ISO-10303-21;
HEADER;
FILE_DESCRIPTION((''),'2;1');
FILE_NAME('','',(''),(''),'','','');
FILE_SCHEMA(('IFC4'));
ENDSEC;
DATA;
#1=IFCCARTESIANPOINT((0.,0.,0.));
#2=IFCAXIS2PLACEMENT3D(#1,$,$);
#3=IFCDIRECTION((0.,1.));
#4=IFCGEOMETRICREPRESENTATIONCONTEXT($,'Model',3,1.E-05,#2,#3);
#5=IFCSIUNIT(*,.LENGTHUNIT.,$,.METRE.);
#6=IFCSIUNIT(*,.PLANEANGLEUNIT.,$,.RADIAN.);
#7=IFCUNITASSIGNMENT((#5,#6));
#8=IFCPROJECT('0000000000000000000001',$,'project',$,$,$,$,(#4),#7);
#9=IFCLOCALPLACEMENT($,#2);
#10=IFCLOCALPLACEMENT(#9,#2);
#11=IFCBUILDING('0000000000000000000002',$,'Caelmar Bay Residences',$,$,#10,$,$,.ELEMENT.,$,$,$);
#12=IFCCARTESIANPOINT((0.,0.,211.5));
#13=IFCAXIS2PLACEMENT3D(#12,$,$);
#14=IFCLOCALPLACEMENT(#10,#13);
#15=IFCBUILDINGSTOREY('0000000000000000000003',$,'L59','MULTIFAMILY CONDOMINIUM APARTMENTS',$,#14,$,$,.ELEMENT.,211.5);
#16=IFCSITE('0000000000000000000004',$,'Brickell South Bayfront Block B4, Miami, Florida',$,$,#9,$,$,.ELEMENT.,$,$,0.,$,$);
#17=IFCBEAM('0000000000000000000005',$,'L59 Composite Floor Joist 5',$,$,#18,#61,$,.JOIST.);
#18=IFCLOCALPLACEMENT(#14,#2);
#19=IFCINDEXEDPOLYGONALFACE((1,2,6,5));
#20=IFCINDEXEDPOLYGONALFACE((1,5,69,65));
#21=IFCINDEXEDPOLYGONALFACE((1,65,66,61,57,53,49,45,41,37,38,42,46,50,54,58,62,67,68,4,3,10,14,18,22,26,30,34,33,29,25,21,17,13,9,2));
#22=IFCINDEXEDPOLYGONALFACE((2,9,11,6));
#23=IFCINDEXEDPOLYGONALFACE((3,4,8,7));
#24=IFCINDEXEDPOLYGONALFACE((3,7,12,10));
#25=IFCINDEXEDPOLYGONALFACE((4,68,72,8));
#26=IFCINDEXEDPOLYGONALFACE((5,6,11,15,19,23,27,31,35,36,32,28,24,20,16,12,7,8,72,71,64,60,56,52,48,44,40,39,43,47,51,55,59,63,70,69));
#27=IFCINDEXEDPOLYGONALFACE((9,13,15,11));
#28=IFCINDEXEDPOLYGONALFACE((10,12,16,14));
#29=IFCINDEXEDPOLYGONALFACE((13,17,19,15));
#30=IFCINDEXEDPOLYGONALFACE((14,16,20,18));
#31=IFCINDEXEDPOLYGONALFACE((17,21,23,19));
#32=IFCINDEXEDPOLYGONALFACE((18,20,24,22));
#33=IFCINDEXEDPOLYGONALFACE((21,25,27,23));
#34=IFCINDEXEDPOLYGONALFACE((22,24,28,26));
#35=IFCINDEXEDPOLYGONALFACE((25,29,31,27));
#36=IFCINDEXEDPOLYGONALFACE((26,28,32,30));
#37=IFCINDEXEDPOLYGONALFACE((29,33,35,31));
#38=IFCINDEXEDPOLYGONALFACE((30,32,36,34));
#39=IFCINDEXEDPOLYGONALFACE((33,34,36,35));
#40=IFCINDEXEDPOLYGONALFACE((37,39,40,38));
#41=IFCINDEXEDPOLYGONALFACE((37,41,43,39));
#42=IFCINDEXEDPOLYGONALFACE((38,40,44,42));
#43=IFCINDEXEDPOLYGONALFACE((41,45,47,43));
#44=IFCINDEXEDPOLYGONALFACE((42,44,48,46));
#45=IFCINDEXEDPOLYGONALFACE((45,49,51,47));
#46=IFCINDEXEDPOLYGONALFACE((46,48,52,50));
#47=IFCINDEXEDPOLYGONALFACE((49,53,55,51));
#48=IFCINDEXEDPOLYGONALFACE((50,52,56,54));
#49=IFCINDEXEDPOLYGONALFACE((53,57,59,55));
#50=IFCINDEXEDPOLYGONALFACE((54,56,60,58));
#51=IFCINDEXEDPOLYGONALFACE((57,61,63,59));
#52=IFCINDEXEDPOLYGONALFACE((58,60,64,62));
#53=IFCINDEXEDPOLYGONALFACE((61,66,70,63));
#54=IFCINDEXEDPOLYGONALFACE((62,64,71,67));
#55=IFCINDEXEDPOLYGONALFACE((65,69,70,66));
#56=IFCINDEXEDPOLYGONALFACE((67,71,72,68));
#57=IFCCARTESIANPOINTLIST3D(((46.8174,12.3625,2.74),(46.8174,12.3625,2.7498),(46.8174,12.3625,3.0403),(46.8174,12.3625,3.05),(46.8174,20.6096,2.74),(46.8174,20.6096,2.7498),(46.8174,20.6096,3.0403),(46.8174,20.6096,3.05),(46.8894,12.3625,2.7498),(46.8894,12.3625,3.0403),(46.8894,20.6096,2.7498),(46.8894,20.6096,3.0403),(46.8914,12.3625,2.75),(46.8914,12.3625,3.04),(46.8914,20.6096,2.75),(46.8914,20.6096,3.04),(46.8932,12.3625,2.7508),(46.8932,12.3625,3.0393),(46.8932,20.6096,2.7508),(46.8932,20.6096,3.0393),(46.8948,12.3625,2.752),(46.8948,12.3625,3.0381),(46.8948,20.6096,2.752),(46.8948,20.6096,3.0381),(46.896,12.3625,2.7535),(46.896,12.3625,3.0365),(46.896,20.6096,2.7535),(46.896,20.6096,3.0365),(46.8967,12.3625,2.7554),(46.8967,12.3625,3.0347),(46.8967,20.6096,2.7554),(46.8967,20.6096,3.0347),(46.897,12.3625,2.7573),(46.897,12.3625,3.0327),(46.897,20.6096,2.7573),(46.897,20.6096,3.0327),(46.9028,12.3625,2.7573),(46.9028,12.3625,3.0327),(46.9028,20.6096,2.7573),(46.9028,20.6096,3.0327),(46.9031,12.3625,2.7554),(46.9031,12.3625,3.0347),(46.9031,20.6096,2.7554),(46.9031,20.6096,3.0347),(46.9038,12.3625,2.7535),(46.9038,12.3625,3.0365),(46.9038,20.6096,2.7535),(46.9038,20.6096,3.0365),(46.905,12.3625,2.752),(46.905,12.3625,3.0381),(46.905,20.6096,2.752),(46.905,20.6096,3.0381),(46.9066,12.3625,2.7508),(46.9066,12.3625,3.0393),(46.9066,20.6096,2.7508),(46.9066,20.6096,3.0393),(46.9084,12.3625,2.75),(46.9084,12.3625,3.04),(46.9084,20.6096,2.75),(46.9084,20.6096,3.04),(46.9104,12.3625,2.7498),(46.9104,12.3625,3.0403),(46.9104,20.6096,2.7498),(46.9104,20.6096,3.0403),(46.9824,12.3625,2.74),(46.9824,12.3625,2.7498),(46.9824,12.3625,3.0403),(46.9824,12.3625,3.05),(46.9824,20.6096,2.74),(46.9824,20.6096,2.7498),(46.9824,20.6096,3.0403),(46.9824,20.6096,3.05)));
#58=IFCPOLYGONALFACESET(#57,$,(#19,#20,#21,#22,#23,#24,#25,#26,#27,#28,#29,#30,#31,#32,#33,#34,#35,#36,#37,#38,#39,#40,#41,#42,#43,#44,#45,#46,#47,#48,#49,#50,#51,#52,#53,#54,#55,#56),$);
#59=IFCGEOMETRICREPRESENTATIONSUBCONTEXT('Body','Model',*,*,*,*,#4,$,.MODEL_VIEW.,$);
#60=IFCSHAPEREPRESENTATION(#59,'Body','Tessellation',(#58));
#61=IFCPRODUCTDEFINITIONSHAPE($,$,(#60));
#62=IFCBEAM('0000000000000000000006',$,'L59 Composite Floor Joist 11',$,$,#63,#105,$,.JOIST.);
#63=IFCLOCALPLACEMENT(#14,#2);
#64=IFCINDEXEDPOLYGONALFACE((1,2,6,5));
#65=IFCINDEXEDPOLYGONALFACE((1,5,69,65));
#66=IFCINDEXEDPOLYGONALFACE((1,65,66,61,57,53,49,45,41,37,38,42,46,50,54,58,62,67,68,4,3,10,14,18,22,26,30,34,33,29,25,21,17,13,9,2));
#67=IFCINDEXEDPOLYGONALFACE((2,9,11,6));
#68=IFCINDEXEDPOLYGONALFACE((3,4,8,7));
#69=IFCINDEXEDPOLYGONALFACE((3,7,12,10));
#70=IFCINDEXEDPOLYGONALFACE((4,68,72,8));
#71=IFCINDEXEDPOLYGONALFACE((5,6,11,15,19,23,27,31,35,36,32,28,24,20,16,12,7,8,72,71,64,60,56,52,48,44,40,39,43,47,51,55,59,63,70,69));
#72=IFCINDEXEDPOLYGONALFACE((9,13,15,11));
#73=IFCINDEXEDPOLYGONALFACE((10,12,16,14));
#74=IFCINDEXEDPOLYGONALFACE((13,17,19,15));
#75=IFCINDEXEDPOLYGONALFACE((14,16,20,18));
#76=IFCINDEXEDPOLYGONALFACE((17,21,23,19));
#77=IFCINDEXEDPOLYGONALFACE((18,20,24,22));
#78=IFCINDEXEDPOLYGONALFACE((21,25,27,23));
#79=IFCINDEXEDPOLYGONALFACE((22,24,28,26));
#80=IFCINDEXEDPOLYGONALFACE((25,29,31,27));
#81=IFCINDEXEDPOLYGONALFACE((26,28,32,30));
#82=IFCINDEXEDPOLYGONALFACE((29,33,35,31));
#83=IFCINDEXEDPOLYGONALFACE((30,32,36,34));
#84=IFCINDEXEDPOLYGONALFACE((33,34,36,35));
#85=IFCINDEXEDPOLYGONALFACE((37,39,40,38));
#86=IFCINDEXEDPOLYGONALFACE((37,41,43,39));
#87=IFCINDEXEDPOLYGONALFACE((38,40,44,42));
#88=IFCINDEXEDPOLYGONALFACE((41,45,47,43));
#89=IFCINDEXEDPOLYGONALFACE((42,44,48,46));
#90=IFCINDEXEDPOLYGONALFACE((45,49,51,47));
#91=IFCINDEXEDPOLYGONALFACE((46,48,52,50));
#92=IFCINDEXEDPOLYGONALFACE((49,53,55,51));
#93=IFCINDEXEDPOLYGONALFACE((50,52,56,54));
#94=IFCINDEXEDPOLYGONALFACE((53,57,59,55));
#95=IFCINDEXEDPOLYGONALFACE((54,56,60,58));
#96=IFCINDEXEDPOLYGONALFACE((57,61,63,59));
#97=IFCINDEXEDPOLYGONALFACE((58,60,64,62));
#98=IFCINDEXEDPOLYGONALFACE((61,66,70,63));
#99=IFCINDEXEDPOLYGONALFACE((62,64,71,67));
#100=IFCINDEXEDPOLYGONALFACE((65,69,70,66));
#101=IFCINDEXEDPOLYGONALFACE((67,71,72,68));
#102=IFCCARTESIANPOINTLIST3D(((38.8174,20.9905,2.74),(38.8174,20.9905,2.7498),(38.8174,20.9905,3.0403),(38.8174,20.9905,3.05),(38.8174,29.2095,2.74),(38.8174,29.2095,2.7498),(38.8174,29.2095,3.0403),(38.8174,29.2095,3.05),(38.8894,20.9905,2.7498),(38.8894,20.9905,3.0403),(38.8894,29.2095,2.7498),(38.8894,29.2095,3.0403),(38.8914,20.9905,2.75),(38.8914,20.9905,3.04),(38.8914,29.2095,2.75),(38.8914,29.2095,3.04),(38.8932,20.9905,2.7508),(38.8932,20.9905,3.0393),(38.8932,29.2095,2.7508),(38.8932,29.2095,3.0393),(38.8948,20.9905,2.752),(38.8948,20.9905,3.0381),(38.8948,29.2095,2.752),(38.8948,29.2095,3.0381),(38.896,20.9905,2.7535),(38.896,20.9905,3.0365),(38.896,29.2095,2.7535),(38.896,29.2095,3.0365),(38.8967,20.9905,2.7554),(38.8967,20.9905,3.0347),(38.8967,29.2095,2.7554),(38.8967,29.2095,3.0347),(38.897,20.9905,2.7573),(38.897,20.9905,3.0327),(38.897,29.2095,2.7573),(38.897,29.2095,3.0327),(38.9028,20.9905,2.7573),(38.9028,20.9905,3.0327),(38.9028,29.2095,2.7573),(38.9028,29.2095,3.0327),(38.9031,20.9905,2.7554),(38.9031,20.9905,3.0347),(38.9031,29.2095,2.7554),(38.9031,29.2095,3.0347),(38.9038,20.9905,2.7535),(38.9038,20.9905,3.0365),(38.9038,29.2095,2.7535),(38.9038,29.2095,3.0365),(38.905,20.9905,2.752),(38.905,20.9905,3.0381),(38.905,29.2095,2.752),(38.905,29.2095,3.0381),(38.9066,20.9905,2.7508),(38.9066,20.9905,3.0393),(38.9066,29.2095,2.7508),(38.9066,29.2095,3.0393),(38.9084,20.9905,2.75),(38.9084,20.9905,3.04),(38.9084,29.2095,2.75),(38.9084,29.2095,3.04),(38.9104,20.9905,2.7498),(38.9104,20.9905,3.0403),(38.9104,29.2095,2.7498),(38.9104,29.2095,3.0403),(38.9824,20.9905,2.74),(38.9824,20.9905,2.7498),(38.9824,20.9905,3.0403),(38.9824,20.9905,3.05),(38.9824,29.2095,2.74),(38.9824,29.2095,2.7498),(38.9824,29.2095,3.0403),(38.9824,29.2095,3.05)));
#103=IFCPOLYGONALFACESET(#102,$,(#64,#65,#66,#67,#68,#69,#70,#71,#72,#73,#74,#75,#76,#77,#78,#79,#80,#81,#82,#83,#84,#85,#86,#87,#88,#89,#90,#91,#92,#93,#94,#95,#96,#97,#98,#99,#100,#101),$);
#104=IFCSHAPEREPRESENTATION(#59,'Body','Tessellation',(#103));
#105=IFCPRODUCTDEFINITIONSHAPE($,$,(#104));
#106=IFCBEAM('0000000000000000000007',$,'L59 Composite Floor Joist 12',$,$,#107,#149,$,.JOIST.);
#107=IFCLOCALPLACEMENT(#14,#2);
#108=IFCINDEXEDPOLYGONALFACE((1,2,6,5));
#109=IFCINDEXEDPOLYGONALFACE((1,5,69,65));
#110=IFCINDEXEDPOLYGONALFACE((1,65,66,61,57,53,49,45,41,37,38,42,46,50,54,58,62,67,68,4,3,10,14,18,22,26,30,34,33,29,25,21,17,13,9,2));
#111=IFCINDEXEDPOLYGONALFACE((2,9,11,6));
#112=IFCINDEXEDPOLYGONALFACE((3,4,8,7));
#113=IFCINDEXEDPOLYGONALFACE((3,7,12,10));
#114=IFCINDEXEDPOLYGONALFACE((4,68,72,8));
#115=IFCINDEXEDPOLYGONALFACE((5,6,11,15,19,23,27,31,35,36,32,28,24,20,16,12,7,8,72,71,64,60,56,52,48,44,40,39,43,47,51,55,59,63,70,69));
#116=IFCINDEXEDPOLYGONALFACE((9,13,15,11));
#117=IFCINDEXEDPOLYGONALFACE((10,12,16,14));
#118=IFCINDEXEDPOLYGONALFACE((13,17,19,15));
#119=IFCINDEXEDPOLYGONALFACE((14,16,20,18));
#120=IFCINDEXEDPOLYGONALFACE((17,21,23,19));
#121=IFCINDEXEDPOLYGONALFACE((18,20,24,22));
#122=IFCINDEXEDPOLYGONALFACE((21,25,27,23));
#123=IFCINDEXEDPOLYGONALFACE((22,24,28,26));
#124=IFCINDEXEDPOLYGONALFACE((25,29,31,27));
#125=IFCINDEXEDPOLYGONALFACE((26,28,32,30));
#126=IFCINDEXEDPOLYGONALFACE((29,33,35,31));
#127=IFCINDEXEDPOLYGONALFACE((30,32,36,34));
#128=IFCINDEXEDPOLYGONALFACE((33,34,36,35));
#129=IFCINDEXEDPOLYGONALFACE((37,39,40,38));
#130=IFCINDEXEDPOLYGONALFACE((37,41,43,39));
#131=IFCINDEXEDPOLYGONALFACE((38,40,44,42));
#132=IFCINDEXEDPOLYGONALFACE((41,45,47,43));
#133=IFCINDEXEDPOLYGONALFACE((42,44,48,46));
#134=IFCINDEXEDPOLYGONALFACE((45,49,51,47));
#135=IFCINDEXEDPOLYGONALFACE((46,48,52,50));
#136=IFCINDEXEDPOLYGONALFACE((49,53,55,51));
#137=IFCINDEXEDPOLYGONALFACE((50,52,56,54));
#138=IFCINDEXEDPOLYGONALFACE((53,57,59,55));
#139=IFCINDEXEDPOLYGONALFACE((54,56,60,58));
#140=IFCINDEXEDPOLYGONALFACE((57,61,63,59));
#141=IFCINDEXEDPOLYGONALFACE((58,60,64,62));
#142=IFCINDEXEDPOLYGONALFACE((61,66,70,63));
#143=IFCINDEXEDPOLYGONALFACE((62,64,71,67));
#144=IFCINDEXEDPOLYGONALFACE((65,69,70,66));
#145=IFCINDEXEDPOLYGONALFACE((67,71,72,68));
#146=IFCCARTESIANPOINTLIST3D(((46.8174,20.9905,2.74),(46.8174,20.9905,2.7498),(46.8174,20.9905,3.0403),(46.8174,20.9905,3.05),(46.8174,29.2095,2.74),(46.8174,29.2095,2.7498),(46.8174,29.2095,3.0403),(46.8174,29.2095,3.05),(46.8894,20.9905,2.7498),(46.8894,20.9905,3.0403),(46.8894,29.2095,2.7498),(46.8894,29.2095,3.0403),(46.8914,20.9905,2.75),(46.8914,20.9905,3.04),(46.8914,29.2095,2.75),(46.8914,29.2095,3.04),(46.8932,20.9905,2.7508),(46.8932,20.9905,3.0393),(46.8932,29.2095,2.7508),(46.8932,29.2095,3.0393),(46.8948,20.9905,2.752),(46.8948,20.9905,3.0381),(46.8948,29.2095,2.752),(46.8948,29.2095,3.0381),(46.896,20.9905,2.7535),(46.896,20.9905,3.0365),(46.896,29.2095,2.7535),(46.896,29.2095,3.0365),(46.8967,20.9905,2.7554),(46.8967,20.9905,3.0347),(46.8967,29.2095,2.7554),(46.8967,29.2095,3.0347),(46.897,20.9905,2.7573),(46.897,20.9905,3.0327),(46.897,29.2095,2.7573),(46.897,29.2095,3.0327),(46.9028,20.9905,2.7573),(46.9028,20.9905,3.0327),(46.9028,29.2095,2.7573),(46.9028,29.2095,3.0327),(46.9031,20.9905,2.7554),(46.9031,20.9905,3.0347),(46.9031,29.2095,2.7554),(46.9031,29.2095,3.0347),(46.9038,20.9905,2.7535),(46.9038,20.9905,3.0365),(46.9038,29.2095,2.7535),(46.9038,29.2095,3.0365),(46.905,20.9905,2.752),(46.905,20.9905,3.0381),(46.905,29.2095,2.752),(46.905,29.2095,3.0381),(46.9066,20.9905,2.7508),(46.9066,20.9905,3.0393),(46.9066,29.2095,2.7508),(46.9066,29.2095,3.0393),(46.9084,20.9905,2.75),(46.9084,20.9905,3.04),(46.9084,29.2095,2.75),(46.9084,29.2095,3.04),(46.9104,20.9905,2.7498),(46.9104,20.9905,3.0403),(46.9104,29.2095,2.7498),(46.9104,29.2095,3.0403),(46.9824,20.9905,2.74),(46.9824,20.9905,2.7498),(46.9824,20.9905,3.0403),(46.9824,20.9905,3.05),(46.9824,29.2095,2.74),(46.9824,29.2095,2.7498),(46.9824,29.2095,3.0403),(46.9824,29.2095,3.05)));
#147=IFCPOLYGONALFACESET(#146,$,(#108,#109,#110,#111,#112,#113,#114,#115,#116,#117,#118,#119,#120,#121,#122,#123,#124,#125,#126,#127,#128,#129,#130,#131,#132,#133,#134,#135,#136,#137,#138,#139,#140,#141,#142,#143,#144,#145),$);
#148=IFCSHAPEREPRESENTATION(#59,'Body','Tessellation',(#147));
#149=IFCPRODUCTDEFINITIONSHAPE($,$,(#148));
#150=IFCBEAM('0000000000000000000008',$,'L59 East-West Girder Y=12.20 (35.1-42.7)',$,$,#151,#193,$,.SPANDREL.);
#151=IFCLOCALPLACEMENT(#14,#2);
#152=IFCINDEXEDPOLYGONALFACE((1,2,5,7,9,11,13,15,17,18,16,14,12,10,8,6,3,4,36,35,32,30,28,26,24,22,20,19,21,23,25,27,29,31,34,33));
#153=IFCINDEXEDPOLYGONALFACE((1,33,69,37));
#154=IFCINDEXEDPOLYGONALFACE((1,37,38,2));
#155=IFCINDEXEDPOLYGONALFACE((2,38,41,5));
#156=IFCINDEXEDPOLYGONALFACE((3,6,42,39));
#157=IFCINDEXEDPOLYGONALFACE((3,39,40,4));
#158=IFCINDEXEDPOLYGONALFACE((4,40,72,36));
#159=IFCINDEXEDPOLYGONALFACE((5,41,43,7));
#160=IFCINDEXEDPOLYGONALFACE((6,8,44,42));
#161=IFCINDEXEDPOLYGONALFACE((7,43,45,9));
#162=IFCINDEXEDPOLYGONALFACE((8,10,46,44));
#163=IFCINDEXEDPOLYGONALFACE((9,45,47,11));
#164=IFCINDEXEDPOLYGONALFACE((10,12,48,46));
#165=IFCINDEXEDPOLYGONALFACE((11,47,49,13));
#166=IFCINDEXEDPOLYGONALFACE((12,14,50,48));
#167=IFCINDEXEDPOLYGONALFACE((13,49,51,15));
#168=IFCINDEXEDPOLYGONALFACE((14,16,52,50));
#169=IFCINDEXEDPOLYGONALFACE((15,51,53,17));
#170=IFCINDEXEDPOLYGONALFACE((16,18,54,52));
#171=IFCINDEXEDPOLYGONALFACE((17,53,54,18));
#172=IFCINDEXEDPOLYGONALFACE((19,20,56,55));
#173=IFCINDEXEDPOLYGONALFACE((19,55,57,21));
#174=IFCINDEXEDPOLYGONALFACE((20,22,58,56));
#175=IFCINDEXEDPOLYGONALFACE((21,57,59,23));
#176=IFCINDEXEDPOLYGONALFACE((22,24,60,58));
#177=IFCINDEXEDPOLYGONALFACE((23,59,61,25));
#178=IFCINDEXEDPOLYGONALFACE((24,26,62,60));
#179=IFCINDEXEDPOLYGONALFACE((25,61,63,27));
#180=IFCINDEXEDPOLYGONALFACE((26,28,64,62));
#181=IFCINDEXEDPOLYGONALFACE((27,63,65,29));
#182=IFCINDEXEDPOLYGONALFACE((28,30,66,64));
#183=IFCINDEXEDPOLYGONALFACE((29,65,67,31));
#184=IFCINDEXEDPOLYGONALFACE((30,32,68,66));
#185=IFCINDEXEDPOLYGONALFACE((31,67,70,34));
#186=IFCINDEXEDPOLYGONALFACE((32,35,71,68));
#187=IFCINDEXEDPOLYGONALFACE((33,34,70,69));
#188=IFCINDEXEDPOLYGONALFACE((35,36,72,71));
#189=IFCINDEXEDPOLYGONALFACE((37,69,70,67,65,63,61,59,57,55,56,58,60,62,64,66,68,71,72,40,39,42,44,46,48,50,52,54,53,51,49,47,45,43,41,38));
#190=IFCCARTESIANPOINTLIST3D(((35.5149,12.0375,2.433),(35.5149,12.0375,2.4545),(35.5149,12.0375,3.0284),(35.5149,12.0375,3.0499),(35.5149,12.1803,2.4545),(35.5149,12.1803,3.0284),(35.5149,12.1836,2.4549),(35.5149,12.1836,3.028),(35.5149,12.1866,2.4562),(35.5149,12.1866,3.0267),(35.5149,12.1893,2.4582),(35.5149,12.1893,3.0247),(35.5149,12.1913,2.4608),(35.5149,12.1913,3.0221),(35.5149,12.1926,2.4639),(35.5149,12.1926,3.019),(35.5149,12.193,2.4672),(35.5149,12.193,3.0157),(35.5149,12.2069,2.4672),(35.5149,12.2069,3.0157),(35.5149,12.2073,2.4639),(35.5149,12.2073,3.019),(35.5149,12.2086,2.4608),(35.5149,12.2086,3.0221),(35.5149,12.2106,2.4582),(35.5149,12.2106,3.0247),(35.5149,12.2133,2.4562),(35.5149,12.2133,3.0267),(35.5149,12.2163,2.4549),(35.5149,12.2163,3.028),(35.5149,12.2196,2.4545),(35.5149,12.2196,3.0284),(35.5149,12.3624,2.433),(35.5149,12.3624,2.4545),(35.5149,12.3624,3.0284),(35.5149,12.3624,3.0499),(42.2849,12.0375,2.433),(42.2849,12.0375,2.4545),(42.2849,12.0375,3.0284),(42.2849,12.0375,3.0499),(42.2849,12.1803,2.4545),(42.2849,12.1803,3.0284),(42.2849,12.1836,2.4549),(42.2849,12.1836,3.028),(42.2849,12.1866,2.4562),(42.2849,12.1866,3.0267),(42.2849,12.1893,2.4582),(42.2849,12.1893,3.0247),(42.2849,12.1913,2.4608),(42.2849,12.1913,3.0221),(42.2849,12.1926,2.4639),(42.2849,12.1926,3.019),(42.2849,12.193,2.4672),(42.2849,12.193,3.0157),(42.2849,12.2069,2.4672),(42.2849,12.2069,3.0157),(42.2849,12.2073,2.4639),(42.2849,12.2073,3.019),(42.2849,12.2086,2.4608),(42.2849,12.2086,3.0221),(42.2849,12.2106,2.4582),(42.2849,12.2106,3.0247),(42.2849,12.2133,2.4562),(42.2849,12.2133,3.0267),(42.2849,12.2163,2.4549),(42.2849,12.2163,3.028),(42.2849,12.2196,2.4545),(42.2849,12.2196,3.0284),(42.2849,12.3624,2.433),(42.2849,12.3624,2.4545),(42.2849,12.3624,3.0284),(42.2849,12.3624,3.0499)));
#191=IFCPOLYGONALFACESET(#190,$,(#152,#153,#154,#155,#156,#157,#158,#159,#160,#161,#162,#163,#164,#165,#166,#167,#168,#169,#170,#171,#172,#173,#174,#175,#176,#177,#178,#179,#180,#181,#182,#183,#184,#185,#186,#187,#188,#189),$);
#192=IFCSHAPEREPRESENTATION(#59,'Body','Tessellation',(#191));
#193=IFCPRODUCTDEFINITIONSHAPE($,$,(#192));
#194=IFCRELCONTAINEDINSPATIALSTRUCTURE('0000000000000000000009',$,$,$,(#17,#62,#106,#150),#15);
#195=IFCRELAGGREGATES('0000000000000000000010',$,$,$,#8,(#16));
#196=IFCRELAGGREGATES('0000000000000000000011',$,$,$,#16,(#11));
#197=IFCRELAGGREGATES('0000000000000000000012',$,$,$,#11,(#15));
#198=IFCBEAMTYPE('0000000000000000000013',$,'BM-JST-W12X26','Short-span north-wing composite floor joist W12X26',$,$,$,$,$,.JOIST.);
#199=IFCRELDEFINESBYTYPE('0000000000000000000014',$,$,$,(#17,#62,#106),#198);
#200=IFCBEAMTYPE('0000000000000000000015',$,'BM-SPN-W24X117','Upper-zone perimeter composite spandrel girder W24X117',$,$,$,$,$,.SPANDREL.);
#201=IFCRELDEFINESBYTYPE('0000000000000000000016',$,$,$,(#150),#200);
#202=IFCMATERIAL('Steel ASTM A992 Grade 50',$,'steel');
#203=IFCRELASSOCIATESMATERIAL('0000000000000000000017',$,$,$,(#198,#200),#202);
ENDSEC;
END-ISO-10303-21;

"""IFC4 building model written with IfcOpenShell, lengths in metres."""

from ifc_helpers import new_model, si_unit, direction, frame, origin, origin_2d, place, context, subcontext, project, spatial, i_section, extrude, material, material_profile, profile_set, type_object, element, save


model = new_model("IFC4")

# Units and contexts
model_context = context("Model", 3, precision=1e-05, world=origin(), true_north=direction((0.0, 1.0)))
body_context = subcontext(model_context, "Body", "Model", "MODEL_VIEW")
ifc_project = project(units=[si_unit("LENGTHUNIT", "METRE"), si_unit("PLANEANGLEUNIT", "RADIAN")], contexts=[model_context])

# Site, building, storey
site_placement = place(None, origin())
site = spatial("IfcSite", under=ifc_project, at=site_placement, Name="Brickell South Bayfront Block B4, Miami, Florida", CompositionType="ELEMENT", RefElevation=0.0)
building_placement = place(site_placement, origin())
building = spatial("IfcBuilding", under=site, at=building_placement, Name="Caelmar Bay Residences", CompositionType="ELEMENT")
storey_placement = place(building_placement, frame((0.0, 0.0, 211.5)))
storey = spatial("IfcBuildingStorey", under=building, at=storey_placement, Name="L59", Description="MULTIFAMILY CONDOMINIUM APARTMENTS", CompositionType="ELEMENT", Elevation=211.5)

# Beams
ifc_material_1 = material(Name="Steel ASTM A992 Grade 50", Category="steel")
ifc_material_profile_1 = material_profile(ifc_material_1, i_section(OverallWidth=0.165, OverallDepth=0.3101, WebThickness=0.0059, FlangeThickness=0.0098, FilletRadius=0.0076, at=origin_2d()), Name="W12X26")
ifc_profile_set_1 = profile_set([ifc_material_profile_1], Name="Steel ASTM A992 Grade 50")
beam_type_1 = type_object("IfcBeamType", Name="BM-JST-W12X26", Description="Short-span north-wing composite floor joist W12X26", PredefinedType="JOIST", material=ifc_profile_set_1)
for number, where, z_axis, x_axis, name in (
    (1, (46.8999, 12.3625, 2.895), (0.0, 1.0, 0.0), (-1.0, 0.0, 0.0), "L59 Composite Floor Joist 5"),
):
    element("IfcBeam", number, at=place(storey_placement, frame(where, z_axis=z_axis, x_axis=x_axis)), inside=storey, type_object=beam_type_1, Name=name, PredefinedType="JOIST", context=body_context, shape_type="SweptSolid", body=[
        extrude(i_section(OverallWidth=0.165, OverallDepth=0.3101, WebThickness=0.0059, FlangeThickness=0.0098, FilletRadius=0.0076, at=origin_2d()), origin(), (0.0, 0.0, 1.0), 8.2471),
    ])
for number, where, z_axis, x_axis, name in (
    (2, (38.8999, 20.9905, 2.895), (0.0, 1.0, 0.0), (-1.0, 0.0, 0.0), "L59 Composite Floor Joist 11"),
    (3, (46.8999, 20.9905, 2.895), (0.0, 1.0, 0.0), (-1.0, 0.0, 0.0), "L59 Composite Floor Joist 12"),
):
    element("IfcBeam", number, at=place(storey_placement, frame(where, z_axis=z_axis, x_axis=x_axis)), inside=storey, type_object=beam_type_1, Name=name, PredefinedType="JOIST", context=body_context, shape_type="SweptSolid", body=[
        extrude(i_section(OverallWidth=0.165, OverallDepth=0.3101, WebThickness=0.0059, FlangeThickness=0.0098, FilletRadius=0.0076, at=origin_2d()), origin(), (0.0, 0.0, 1.0), 8.219),
    ])
ifc_material_profile_2 = material_profile(ifc_material_1, i_section(OverallWidth=0.325, OverallDepth=0.6169, WebThickness=0.0139, FlangeThickness=0.0215, FilletRadius=0.0127, at=origin_2d()), Name="W24X117")
ifc_profile_set_2 = profile_set([ifc_material_profile_2], Name="Steel ASTM A992 Grade 50")
beam_type_2 = type_object("IfcBeamType", Name="BM-SPN-W24X117", Description="Upper-zone perimeter composite spandrel girder W24X117", PredefinedType="SPANDREL", material=ifc_profile_set_2)
beam_1_placement = place(storey_placement, frame((35.5149, 12.2, 2.7415), z_axis=(1.0, 0.0, 0.0), x_axis=(0.0, 1.0, 0.0)))
element("IfcBeam", 4, at=beam_1_placement, inside=storey, type_object=beam_type_2, Name="L59 East-West Girder Y=12.20 (35.1-42.7)", PredefinedType="SPANDREL", context=body_context, shape_type="SweptSolid", body=[
    extrude(i_section(OverallWidth=0.325, OverallDepth=0.6169, WebThickness=0.0139, FlangeThickness=0.0215, FilletRadius=0.0127, at=origin_2d()), origin(), (0.0, 0.0, 1.0), 6.77),
])

save(model, "model.ifc")
